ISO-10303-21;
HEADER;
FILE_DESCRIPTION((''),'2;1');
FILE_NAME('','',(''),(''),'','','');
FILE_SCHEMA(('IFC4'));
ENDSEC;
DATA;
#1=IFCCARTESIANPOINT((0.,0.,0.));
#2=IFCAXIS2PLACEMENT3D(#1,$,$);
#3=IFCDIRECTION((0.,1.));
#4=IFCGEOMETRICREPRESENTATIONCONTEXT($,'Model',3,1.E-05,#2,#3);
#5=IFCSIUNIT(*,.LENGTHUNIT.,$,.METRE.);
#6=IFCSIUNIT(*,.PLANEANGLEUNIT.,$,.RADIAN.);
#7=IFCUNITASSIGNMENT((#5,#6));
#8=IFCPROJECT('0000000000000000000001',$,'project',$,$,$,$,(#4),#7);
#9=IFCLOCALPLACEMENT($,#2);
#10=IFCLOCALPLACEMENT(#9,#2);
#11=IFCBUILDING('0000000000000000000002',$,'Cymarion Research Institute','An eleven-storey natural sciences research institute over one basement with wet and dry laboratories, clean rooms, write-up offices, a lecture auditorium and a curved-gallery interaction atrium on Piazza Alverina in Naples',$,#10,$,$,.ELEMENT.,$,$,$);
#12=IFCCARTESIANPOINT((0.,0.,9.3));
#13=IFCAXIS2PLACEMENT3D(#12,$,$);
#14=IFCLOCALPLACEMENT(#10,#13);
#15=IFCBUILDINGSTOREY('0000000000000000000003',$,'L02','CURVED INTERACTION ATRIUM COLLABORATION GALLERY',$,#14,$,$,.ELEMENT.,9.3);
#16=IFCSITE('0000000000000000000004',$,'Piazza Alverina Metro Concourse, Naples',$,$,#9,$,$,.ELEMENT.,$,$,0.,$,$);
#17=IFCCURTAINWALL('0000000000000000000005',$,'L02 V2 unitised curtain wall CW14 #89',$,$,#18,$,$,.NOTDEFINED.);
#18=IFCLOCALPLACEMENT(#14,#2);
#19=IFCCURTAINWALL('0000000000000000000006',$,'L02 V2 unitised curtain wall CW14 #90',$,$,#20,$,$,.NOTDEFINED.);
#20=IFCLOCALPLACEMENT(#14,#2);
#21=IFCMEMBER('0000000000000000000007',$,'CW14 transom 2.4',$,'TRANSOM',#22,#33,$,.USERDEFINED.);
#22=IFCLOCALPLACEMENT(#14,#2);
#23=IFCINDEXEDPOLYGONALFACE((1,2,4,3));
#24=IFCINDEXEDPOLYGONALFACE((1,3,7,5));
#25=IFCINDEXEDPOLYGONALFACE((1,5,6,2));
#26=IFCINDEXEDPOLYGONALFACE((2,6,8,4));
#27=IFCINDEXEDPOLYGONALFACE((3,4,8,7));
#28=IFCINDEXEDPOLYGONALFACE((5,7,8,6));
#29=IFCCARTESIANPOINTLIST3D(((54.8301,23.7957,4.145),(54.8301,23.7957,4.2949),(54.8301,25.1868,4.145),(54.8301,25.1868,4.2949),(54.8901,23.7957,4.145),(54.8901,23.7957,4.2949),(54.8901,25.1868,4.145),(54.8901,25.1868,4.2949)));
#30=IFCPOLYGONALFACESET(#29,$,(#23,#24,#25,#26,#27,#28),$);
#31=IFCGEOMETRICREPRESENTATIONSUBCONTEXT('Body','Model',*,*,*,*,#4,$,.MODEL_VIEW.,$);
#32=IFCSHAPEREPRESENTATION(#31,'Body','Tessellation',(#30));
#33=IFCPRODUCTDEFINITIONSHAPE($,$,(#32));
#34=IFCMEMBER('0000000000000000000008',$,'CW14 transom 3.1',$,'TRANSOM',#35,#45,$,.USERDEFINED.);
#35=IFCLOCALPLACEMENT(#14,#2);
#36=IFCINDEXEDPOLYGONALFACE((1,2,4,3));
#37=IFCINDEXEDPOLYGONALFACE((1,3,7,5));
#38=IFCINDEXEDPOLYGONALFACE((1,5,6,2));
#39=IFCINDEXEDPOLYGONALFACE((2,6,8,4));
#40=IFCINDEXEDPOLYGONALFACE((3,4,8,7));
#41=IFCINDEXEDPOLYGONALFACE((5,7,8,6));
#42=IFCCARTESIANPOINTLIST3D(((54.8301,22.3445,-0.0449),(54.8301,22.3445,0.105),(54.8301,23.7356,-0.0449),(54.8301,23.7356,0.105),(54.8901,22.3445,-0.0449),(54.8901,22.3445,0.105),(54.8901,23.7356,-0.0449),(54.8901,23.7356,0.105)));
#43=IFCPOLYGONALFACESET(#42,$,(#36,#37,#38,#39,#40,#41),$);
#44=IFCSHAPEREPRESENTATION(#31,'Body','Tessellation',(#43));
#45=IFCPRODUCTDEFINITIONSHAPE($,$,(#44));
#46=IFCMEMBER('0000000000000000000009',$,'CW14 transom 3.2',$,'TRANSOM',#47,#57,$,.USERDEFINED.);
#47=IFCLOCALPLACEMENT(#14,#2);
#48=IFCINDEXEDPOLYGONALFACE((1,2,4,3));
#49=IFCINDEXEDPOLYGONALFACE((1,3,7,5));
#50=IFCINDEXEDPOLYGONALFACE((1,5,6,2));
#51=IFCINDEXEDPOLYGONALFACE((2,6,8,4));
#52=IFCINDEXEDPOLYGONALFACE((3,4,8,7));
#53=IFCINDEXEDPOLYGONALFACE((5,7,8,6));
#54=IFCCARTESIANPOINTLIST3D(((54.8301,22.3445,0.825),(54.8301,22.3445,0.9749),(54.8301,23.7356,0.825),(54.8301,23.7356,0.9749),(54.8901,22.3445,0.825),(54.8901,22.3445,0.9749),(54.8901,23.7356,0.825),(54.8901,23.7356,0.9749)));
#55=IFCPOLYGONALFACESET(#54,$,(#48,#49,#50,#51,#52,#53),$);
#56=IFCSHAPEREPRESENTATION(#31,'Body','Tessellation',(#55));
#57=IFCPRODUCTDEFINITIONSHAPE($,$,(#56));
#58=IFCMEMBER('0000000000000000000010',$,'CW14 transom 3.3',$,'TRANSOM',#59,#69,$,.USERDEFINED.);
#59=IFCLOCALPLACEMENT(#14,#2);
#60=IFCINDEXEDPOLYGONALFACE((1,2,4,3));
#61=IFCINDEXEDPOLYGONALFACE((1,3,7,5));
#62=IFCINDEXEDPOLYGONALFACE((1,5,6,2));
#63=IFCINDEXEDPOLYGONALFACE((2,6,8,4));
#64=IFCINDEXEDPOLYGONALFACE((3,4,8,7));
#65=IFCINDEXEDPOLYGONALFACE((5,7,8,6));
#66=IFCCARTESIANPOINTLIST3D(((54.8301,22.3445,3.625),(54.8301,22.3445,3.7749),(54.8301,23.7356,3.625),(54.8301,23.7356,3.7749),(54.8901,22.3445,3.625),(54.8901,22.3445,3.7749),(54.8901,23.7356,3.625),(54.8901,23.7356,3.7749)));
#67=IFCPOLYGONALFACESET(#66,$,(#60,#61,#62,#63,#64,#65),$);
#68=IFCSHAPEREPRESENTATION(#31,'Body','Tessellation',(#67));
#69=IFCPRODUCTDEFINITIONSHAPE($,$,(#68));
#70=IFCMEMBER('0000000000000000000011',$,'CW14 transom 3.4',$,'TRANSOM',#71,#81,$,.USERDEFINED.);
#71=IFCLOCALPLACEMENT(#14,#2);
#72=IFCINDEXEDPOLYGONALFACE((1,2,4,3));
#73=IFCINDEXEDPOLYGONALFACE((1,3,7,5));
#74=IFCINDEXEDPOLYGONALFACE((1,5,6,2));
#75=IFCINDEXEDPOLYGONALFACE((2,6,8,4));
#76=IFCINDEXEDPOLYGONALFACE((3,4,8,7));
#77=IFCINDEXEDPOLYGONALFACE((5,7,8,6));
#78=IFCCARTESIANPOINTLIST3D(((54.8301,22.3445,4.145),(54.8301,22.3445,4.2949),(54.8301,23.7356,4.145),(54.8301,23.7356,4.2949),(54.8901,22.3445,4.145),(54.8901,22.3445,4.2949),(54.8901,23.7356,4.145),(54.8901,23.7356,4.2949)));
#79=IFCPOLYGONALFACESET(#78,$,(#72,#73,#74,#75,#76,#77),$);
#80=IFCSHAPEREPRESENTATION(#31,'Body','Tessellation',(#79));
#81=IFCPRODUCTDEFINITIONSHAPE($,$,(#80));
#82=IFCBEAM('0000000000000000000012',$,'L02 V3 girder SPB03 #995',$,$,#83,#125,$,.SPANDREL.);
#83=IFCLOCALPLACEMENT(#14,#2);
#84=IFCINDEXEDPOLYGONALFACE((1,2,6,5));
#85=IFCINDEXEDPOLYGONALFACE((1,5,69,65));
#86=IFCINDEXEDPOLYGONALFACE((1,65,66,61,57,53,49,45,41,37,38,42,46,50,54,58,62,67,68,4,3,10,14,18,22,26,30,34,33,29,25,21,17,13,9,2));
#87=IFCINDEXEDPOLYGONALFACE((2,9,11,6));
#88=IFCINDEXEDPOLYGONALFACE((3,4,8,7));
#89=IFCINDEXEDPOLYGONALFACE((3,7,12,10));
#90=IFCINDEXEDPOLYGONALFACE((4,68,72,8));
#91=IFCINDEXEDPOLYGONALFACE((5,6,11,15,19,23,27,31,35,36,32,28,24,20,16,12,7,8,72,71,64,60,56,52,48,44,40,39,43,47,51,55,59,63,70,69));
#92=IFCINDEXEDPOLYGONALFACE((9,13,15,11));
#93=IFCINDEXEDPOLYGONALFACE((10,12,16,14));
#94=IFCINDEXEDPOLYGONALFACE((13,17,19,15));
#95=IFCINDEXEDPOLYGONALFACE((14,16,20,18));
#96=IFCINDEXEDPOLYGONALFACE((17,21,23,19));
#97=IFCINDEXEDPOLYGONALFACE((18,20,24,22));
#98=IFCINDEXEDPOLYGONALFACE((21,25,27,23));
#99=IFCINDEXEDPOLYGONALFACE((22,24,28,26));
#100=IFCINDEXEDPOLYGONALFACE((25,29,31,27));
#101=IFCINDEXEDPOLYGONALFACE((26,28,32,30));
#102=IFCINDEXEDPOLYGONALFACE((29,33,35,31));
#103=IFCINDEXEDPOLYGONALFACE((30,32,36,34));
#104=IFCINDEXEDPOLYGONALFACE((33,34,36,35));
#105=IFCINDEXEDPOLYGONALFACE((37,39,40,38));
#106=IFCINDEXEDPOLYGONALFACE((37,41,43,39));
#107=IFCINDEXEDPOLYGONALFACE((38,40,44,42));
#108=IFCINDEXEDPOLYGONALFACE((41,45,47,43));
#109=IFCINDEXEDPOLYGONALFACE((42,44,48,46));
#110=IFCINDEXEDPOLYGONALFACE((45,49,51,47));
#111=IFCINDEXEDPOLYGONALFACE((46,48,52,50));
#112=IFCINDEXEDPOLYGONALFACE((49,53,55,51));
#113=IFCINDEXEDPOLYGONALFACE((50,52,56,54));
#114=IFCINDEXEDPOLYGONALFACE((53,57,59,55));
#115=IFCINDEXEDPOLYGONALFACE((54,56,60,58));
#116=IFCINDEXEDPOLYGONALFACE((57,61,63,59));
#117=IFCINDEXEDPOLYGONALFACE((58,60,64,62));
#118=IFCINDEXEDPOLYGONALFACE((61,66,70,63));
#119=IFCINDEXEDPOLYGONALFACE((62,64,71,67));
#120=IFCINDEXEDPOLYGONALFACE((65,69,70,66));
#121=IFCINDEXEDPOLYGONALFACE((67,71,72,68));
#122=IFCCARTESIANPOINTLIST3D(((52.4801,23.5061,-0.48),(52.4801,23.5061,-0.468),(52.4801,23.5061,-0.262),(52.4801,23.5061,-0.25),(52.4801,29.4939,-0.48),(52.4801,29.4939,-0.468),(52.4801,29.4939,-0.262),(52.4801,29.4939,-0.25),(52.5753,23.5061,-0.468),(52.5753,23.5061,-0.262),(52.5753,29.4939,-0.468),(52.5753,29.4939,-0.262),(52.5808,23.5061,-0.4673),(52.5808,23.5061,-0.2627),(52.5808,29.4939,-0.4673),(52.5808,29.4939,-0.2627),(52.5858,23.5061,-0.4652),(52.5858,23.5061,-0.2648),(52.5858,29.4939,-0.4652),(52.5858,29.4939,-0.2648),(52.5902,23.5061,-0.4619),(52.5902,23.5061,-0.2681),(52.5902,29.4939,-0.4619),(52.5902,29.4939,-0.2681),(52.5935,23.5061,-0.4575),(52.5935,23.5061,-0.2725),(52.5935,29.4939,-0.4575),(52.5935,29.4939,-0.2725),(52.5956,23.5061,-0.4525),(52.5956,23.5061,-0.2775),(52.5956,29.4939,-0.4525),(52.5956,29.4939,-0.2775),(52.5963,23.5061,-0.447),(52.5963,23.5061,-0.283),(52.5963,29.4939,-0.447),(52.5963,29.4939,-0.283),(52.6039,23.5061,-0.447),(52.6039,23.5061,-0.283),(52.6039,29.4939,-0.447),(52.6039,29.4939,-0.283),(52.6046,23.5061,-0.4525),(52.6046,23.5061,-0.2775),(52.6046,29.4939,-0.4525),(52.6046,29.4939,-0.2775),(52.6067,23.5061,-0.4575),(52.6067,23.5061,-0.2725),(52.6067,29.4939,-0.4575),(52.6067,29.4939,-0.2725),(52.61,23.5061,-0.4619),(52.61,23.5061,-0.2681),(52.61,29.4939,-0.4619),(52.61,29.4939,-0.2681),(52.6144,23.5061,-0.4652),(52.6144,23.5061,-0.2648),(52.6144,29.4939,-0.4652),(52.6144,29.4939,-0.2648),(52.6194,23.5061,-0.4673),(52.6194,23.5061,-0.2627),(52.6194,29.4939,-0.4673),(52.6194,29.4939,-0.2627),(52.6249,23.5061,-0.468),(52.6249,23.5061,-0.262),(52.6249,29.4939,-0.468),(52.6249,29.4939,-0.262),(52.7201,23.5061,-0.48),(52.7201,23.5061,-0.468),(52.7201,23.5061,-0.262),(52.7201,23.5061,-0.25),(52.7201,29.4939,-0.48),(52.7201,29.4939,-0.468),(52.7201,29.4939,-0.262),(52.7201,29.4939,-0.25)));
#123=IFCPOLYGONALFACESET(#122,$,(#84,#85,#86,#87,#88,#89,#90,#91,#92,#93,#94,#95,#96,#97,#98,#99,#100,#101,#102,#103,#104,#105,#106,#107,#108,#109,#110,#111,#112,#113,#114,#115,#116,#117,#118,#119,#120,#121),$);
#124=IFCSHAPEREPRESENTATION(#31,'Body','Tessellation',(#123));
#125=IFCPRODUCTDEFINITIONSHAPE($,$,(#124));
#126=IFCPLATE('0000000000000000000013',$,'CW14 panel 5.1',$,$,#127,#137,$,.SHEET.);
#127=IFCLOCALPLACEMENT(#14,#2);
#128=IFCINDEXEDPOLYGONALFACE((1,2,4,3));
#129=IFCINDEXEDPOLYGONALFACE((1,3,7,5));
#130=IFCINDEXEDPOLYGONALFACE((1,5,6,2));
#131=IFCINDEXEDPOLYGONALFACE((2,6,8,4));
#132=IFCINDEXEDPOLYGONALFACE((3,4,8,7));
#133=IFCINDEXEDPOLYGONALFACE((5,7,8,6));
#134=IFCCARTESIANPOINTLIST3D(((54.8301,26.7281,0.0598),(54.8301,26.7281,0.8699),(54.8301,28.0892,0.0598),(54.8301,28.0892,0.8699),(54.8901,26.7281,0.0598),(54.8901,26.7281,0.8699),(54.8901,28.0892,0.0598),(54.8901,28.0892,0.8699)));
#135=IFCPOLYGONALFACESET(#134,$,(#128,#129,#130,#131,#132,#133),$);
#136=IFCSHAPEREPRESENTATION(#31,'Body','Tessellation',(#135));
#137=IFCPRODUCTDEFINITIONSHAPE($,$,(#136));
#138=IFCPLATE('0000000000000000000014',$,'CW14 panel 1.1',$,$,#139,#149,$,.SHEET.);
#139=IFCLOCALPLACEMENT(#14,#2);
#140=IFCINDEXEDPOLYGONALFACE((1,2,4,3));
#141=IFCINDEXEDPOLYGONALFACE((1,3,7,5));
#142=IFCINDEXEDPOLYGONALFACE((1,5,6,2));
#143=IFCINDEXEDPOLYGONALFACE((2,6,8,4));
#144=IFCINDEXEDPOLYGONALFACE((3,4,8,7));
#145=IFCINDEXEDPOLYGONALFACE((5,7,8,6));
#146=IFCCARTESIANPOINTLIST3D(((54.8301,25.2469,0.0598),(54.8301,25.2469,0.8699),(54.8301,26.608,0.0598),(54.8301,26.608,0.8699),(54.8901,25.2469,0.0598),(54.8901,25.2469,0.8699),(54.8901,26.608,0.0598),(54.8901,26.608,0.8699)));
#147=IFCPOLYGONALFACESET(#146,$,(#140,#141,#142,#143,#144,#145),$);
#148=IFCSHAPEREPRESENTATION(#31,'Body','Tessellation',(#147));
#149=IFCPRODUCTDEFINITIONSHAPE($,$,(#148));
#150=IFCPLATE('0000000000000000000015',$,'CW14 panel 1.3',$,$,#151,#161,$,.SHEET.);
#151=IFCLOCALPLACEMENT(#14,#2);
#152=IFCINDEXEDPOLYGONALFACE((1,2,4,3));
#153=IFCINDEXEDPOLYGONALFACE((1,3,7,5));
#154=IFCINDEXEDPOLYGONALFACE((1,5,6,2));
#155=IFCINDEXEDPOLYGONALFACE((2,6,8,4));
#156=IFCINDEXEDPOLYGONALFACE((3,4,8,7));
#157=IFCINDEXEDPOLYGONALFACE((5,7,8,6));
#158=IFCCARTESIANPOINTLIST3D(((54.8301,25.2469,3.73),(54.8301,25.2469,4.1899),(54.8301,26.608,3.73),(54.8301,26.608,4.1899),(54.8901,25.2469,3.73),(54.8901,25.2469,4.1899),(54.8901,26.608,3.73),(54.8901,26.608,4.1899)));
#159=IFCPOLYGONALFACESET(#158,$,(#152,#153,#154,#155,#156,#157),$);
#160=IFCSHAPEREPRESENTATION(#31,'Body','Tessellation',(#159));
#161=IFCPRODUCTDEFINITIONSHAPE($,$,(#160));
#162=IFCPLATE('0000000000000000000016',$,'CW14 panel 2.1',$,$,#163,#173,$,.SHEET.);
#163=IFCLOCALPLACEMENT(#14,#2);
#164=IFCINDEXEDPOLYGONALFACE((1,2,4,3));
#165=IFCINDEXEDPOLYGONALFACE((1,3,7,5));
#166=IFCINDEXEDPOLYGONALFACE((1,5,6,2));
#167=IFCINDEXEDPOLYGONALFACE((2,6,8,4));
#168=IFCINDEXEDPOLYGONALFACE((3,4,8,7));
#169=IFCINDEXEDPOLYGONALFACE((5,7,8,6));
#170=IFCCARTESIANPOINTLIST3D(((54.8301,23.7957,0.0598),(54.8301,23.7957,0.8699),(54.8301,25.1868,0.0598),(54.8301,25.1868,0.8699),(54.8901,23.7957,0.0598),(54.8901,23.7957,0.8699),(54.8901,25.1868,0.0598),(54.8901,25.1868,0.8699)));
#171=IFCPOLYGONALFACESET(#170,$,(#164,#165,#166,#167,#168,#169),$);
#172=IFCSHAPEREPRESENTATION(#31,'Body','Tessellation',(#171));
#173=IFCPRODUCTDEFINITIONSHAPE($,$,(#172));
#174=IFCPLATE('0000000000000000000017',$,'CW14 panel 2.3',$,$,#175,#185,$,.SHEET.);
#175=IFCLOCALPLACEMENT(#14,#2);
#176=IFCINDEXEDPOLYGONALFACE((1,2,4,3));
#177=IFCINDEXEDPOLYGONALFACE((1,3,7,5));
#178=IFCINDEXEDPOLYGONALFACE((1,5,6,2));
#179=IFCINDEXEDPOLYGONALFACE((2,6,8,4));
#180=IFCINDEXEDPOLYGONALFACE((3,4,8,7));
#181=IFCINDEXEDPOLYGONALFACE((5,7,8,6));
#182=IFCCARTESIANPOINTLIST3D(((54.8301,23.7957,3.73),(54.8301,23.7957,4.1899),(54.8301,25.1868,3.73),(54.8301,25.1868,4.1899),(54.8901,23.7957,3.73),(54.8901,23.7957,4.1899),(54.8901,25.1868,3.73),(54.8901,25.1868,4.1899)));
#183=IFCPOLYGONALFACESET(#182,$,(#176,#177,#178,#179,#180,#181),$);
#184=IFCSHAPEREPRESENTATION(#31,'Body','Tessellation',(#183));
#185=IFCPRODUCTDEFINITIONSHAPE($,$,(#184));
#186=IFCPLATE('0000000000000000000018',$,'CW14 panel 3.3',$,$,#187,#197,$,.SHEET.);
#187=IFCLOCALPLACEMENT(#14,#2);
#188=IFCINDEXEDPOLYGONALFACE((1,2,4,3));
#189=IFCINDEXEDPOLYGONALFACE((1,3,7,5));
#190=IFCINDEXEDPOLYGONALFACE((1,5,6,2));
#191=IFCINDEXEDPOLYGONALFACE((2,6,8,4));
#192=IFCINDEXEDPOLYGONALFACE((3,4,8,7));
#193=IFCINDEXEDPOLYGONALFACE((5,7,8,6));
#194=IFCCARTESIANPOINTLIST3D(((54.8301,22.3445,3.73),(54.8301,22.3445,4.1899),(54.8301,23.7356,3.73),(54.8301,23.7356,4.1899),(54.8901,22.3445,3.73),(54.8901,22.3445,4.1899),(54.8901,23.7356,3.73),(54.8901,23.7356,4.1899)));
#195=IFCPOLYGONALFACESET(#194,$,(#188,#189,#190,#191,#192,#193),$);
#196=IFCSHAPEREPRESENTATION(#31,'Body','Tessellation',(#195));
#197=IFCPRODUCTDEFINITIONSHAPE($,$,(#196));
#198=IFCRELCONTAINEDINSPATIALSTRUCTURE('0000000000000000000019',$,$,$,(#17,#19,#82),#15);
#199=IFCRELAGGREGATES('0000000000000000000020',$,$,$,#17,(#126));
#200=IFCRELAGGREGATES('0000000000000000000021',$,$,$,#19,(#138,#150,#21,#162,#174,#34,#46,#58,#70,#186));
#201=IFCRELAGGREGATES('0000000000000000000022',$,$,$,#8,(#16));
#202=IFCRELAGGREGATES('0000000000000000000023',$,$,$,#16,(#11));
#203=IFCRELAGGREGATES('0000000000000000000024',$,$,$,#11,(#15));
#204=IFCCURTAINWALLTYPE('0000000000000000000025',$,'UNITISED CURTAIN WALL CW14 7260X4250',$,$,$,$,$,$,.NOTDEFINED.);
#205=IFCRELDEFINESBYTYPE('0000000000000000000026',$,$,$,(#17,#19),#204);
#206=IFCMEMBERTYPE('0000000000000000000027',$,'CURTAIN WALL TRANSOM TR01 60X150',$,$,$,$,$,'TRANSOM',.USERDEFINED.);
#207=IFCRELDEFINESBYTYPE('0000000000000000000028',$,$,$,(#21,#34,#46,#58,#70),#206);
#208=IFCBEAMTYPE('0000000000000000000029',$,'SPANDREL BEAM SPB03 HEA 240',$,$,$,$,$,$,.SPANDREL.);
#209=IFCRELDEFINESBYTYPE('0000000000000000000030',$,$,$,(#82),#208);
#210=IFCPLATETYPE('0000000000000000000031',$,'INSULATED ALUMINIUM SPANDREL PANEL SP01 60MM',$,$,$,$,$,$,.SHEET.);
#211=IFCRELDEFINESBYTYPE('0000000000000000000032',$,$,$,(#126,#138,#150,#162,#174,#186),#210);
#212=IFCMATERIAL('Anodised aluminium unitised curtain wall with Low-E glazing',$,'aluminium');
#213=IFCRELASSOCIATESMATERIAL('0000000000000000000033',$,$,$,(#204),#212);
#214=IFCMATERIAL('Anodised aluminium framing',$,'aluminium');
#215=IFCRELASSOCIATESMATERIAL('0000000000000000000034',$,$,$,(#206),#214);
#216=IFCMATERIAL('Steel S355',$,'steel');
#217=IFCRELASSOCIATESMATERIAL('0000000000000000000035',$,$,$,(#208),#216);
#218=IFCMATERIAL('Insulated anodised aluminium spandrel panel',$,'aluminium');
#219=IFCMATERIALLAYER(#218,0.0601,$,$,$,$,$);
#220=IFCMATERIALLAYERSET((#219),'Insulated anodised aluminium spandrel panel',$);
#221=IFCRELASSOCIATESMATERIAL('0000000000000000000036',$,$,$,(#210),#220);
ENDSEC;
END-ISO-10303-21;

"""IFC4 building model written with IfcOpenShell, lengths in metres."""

from ifc_helpers import new_model, si_unit, direction, frame, origin, origin_2d, place, context, subcontext, project, spatial, rectangle, i_section, extrude, material, layer, layer_set, material_profile, profile_set, type_object, element, aggregate, save


model = new_model("IFC4")

# Units and contexts
model_context = context("Model", 3, precision=1e-05, world=origin(), true_north=direction((0.0, 1.0)))
body_context = subcontext(model_context, "Body", "Model", "MODEL_VIEW")
ifc_project = project(units=[si_unit("LENGTHUNIT", "METRE"), si_unit("PLANEANGLEUNIT", "RADIAN")], contexts=[model_context])

# Site, building, storey
site_placement = place(None, origin())
site = spatial("IfcSite", under=ifc_project, at=site_placement, Name="Piazza Alverina Metro Concourse, Naples", CompositionType="ELEMENT", RefElevation=0.0)
building_placement = place(site_placement, origin())
building = spatial("IfcBuilding", under=site, at=building_placement, Name="Cymarion Research Institute", Description="An eleven-storey natural sciences research institute over one basement with wet and dry laboratories, clean rooms, write-up offices, a lecture auditorium and a curved-gallery interaction atrium on Piazza Alverina in Naples", CompositionType="ELEMENT")
storey_placement = place(building_placement, frame((0.0, 0.0, 9.3)))
storey = spatial("IfcBuildingStorey", under=building, at=storey_placement, Name="L02", Description="CURVED INTERACTION ATRIUM COLLABORATION GALLERY", CompositionType="ELEMENT", Elevation=9.3)

# Shared definitions
ifc_material_1 = material(Name="Steel S355", Category="steel")

# Curtain wall
ifc_material_2 = material(Name="Anodised aluminium unitised curtain wall with Low-E glazing", Category="aluminium")
curtain_wall_type = type_object("IfcCurtainWallType", Name="UNITISED CURTAIN WALL CW14 7260X4250", PredefinedType="NOTDEFINED", material=ifc_material_2)
curtain_wall_1_placement = place(storey_placement, origin())
curtain_wall_1 = element("IfcCurtainWall", 1, at=curtain_wall_1_placement, inside=storey, type_object=curtain_wall_type, Name="L02 V2 unitised curtain wall CW14 #89", PredefinedType="NOTDEFINED")
ifc_material_3 = material(Name="Anodised aluminium framing", Category="aluminium")

# Curtain wall, members
curtain_wall_2_placement = place(storey_placement, origin())
curtain_wall_2 = element("IfcCurtainWall", 2, at=curtain_wall_2_placement, inside=storey, type_object=curtain_wall_type, Name="L02 V2 unitised curtain wall CW14 #90", PredefinedType="NOTDEFINED")
ifc_material_profile_1 = material_profile(ifc_material_3, rectangle(XDim=0.0601, YDim=0.1499, at=origin_2d()), Name="ALU TRANSOM 60x150")
ifc_profile_set_1 = profile_set([ifc_material_profile_1], Name="Anodised aluminium framing")
member_type_1 = type_object("IfcMemberType", Name="CURTAIN WALL TRANSOM TR01 60X150", ElementType="TRANSOM", PredefinedType="USERDEFINED", material=ifc_profile_set_1)
member_1_placement = place(storey_placement, frame((54.8601, 25.1868, 4.22), z_axis=(0.0, -1.0, 0.0), x_axis=(1.0, 0.0, 0.0)))
member_1 = element("IfcMember", 3, at=member_1_placement, type_object=member_type_1, Name="CW14 transom 2.4", ObjectType="TRANSOM", PredefinedType="USERDEFINED", context=body_context, shape_type="SweptSolid", body=[
    extrude(rectangle(XDim=0.0601, YDim=0.1499, at=origin_2d()), origin(), (0.0, 0.0, 1.0), 1.3911),
])
member_2_placement = place(storey_placement, frame((54.8601, 23.7356, 0.03), z_axis=(0.0, -1.0, 0.0), x_axis=(1.0, 0.0, 0.0)))
member_2 = element("IfcMember", 4, at=member_2_placement, type_object=member_type_1, Name="CW14 transom 3.1", ObjectType="TRANSOM", PredefinedType="USERDEFINED", context=body_context, shape_type="SweptSolid", body=[
    extrude(rectangle(XDim=0.0601, YDim=0.1499, at=origin_2d()), origin(), (0.0, 0.0, 1.0), 1.3911),
])
member_3_placement = place(storey_placement, frame((54.8601, 23.7356, 0.8999), z_axis=(0.0, -1.0, 0.0), x_axis=(1.0, 0.0, 0.0)))
member_3 = element("IfcMember", 5, at=member_3_placement, type_object=member_type_1, Name="CW14 transom 3.2", ObjectType="TRANSOM", PredefinedType="USERDEFINED", context=body_context, shape_type="SweptSolid", body=[
    extrude(rectangle(XDim=0.0601, YDim=0.1499, at=origin_2d()), origin(), (0.0, 0.0, 1.0), 1.3911),
])
member_4_placement = place(storey_placement, frame((54.8601, 23.7356, 3.7), z_axis=(0.0, -1.0, 0.0), x_axis=(1.0, 0.0, 0.0)))
member_4 = element("IfcMember", 6, at=member_4_placement, type_object=member_type_1, Name="CW14 transom 3.3", ObjectType="TRANSOM", PredefinedType="USERDEFINED", context=body_context, shape_type="SweptSolid", body=[
    extrude(rectangle(XDim=0.0601, YDim=0.1499, at=origin_2d()), origin(), (0.0, 0.0, 1.0), 1.3911),
])
member_5_placement = place(storey_placement, frame((54.8601, 23.7356, 4.22), z_axis=(0.0, -1.0, 0.0), x_axis=(1.0, 0.0, 0.0)))
member_5 = element("IfcMember", 7, at=member_5_placement, type_object=member_type_1, Name="CW14 transom 3.4", ObjectType="TRANSOM", PredefinedType="USERDEFINED", context=body_context, shape_type="SweptSolid", body=[
    extrude(rectangle(XDim=0.0601, YDim=0.1499, at=origin_2d()), origin(), (0.0, 0.0, 1.0), 1.3911),
])

# Beam
ifc_material_profile_2 = material_profile(ifc_material_1, i_section(OverallWidth=0.24, OverallDepth=0.23, WebThickness=0.0076, FlangeThickness=0.012, FilletRadius=0.021, at=origin_2d()), Name="HEA 240")
ifc_profile_set_2 = profile_set([ifc_material_profile_2], Name="Steel S355")
beam_type = type_object("IfcBeamType", Name="SPANDREL BEAM SPB03 HEA 240", PredefinedType="SPANDREL", material=ifc_profile_set_2)
beam_placement = place(storey_placement, frame((52.6001, 23.5061, -0.365), z_axis=(0.0, 1.0, 0.0), x_axis=(-1.0, 0.0, 0.0)))
element("IfcBeam", 8, at=beam_placement, inside=storey, type_object=beam_type, Name="L02 V3 girder SPB03 #995", PredefinedType="SPANDREL", context=body_context, shape_type="SweptSolid", body=[
    extrude(i_section(OverallWidth=0.24, OverallDepth=0.23, WebThickness=0.0076, FlangeThickness=0.012, FilletRadius=0.021, at=origin_2d()), origin(), (0.0, 0.0, 1.0), 5.9878),
])

# Plates
ifc_material_4 = material(Name="Insulated anodised aluminium spandrel panel", Category="aluminium")
ifc_layer_1 = layer(ifc_material_4, 0.0601)
ifc_layer_set_1 = layer_set([ifc_layer_1], Name="Insulated anodised aluminium spandrel panel")
plate_type_1 = type_object("IfcPlateType", Name="INSULATED ALUMINIUM SPANDREL PANEL SP01 60MM", PredefinedType="SHEET", material=ifc_layer_set_1)
plate_1_placement = place(storey_placement, frame((54.8601, 27.4087, 0.0598), z_axis=(0.0, 0.0, 1.0), x_axis=(0.0, -1.0, 0.0)))
plate_1 = element("IfcPlate", 9, at=plate_1_placement, type_object=plate_type_1, Name="CW14 panel 5.1", PredefinedType="SHEET", context=body_context, shape_type="SweptSolid", body=[
    extrude(rectangle(XDim=1.3611, YDim=0.0601, at=origin_2d()), origin(), (0.0, 0.0, 1.0), 0.8101),
])
plate_2_placement = place(storey_placement, frame((54.8601, 25.9275, 0.0598), z_axis=(0.0, 0.0, 1.0), x_axis=(0.0, -1.0, 0.0)))
plate_2 = element("IfcPlate", 10, at=plate_2_placement, type_object=plate_type_1, Name="CW14 panel 1.1", PredefinedType="SHEET", context=body_context, shape_type="SweptSolid", body=[
    extrude(rectangle(XDim=1.3611, YDim=0.0601, at=origin_2d()), origin(), (0.0, 0.0, 1.0), 0.8101),
])
plate_3_placement = place(storey_placement, frame((54.8601, 25.9275, 3.73), z_axis=(0.0, 0.0, 1.0), x_axis=(0.0, -1.0, 0.0)))
plate_3 = element("IfcPlate", 11, at=plate_3_placement, type_object=plate_type_1, Name="CW14 panel 1.3", PredefinedType="SHEET", context=body_context, shape_type="SweptSolid", body=[
    extrude(rectangle(XDim=1.3611, YDim=0.0601, at=origin_2d()), origin(), (0.0, 0.0, 1.0), 0.46),
])
plate_4_placement = place(storey_placement, frame((54.8601, 24.4912, 0.0598), z_axis=(0.0, 0.0, 1.0), x_axis=(0.0, -1.0, 0.0)))
plate_4 = element("IfcPlate", 12, at=plate_4_placement, type_object=plate_type_1, Name="CW14 panel 2.1", PredefinedType="SHEET", context=body_context, shape_type="SweptSolid", body=[
    extrude(rectangle(XDim=1.3911, YDim=0.0601, at=origin_2d()), origin(), (0.0, 0.0, 1.0), 0.8101),
])
plate_5_placement = place(storey_placement, frame((54.8601, 24.4912, 3.73), z_axis=(0.0, 0.0, 1.0), x_axis=(0.0, -1.0, 0.0)))
plate_5 = element("IfcPlate", 13, at=plate_5_placement, type_object=plate_type_1, Name="CW14 panel 2.3", PredefinedType="SHEET", context=body_context, shape_type="SweptSolid", body=[
    extrude(rectangle(XDim=1.3911, YDim=0.0601, at=origin_2d()), origin(), (0.0, 0.0, 1.0), 0.46),
])
plate_6_placement = place(storey_placement, frame((54.8601, 23.04, 3.73), z_axis=(0.0, 0.0, 1.0), x_axis=(0.0, -1.0, 0.0)))
plate_6 = element("IfcPlate", 14, at=plate_6_placement, type_object=plate_type_1, Name="CW14 panel 3.3", PredefinedType="SHEET", context=body_context, shape_type="SweptSolid", body=[
    extrude(rectangle(XDim=1.3911, YDim=0.0601, at=origin_2d()), origin(), (0.0, 0.0, 1.0), 0.46),
])
aggregate(curtain_wall_1, [plate_1])
aggregate(curtain_wall_2, [plate_2, plate_3, member_1, plate_4, plate_5, member_2, member_3, member_4, member_5, plate_6])

save(model, "model.ifc")
